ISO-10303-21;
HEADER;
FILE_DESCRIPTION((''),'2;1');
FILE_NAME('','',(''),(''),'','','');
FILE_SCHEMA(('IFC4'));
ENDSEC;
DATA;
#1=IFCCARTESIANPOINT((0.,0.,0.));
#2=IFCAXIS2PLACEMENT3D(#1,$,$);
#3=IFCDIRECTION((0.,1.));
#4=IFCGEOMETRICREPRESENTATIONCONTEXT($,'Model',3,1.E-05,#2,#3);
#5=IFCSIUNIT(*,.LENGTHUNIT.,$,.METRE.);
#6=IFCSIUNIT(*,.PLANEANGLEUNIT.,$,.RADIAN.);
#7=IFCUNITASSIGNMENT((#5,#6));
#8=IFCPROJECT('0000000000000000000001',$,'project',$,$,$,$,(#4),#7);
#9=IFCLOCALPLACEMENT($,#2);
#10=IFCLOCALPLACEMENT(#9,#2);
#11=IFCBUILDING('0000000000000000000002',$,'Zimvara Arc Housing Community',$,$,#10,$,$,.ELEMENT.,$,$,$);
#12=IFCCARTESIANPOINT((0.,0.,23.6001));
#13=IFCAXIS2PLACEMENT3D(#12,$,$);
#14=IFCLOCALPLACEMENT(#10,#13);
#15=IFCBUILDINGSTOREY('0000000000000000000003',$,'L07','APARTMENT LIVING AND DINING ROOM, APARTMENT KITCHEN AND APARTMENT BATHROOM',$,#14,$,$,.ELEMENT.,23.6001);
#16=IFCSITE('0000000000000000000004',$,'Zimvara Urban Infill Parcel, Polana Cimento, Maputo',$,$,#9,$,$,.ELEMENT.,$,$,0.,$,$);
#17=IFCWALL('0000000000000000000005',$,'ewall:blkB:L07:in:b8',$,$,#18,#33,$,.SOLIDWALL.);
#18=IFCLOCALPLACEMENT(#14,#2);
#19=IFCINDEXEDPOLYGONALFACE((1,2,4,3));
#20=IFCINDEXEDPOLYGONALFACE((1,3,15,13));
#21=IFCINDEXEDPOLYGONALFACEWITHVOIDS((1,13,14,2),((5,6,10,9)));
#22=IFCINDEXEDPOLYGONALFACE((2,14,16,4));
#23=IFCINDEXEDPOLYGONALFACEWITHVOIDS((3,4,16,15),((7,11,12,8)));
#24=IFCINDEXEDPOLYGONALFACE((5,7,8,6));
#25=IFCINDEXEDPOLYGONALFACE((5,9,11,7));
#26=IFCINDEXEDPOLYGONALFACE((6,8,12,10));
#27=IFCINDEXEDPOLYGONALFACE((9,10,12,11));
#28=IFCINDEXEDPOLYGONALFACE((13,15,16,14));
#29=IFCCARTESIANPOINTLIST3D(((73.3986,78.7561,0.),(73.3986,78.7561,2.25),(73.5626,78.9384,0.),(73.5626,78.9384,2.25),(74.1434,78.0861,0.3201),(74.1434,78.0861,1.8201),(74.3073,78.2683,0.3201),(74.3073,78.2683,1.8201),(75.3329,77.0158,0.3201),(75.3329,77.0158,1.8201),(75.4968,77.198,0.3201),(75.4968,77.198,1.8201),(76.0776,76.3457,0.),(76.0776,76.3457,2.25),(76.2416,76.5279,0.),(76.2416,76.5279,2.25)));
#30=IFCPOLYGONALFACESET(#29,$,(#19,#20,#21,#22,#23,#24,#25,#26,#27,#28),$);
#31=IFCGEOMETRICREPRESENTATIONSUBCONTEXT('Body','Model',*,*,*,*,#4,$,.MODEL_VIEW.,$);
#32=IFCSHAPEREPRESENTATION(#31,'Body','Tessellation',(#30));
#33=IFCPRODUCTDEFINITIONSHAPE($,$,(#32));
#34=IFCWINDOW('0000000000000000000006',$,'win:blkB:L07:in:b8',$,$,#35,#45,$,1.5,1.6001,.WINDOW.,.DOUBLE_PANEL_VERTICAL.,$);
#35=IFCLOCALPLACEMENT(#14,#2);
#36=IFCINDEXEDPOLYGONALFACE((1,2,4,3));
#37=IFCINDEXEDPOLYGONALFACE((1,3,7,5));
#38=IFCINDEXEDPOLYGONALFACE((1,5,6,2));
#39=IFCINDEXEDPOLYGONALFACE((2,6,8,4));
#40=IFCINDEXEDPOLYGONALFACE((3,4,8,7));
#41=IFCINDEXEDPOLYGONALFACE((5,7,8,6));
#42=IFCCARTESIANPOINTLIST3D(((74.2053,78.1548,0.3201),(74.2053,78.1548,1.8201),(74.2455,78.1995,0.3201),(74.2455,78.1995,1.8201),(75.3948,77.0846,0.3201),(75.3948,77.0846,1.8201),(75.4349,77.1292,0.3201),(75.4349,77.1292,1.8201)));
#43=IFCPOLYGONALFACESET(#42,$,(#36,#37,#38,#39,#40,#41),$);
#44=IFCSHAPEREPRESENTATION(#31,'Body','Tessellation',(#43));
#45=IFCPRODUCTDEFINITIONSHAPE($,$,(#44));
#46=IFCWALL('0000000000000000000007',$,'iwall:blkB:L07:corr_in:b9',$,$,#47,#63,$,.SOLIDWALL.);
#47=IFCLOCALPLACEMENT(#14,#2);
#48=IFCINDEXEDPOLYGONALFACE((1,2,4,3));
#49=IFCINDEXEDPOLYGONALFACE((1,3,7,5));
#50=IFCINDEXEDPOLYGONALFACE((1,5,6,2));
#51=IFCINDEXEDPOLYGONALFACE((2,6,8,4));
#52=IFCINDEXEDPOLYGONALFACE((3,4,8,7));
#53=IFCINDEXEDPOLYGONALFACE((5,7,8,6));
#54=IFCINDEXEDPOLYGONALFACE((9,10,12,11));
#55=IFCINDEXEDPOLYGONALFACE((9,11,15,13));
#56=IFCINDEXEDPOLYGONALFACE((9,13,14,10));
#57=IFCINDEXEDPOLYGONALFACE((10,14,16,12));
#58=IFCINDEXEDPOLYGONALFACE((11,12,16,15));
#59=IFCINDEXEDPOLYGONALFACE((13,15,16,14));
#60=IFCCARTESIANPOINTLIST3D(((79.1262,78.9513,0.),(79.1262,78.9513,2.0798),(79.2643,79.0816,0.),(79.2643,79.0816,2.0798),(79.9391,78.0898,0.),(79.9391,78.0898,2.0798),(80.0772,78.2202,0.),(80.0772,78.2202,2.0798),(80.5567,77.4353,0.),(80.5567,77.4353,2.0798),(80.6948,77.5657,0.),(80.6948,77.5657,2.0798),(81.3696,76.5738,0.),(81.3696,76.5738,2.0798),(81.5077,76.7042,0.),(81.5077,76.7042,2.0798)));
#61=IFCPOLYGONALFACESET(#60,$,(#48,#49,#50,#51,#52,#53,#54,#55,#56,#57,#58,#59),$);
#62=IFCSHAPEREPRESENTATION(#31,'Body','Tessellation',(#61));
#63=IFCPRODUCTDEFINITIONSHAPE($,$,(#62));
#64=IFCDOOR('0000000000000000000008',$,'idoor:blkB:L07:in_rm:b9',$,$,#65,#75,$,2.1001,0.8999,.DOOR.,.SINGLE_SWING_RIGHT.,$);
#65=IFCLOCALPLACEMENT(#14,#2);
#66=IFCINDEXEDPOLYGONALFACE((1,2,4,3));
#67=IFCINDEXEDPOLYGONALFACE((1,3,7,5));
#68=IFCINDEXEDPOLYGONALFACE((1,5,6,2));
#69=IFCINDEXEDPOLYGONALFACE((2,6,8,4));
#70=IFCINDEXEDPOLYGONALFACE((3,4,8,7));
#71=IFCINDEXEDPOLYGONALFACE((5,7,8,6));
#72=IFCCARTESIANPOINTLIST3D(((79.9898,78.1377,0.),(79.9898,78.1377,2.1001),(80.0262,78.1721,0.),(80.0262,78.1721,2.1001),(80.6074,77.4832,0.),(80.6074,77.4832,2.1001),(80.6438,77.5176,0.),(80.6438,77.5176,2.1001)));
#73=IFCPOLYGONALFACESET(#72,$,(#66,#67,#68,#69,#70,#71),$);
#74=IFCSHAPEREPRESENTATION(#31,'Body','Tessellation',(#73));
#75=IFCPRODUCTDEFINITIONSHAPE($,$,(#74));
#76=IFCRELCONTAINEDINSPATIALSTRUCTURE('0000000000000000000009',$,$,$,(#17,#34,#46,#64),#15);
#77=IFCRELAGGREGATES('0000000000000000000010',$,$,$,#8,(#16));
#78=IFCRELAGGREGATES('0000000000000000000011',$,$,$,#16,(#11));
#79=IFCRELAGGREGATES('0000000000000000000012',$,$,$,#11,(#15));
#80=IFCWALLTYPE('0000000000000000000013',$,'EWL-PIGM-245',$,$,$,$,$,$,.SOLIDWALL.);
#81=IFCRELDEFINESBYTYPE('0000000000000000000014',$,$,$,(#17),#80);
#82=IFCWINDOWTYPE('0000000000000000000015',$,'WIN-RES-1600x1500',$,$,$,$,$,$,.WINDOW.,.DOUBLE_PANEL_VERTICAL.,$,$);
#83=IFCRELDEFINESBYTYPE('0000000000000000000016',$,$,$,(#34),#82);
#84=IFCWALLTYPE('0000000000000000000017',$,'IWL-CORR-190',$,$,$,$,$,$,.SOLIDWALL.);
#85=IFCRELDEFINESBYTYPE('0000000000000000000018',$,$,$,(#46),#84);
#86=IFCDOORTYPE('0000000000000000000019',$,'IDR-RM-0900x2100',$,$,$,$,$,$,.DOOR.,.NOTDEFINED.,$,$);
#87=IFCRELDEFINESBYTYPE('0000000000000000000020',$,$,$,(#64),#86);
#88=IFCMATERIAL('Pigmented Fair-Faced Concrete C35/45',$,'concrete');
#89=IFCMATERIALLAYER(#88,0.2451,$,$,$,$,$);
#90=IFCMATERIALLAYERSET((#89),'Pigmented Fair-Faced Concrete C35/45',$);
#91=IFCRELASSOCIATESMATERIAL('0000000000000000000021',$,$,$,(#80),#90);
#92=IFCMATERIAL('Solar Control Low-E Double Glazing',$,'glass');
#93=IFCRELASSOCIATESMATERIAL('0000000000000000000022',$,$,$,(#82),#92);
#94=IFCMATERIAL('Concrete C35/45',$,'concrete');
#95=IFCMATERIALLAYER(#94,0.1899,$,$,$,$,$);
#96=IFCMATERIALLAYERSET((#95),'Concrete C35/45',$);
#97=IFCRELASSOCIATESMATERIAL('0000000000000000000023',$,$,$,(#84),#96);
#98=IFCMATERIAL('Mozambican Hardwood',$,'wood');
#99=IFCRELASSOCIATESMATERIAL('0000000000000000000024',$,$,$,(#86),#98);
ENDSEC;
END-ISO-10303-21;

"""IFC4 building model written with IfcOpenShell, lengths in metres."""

from ifc_helpers import new_model, si_unit, direction, frame, frame_2d, origin, place, context, subcontext, project, spatial, rectangle, extrude, material, layer, layer_set, type_object, element, fill, save


model = new_model("IFC4")

# Units and contexts
model_context = context("Model", 3, precision=1e-05, world=origin(), true_north=direction((0.0, 1.0)))
body_context = subcontext(model_context, "Body", "Model", "MODEL_VIEW")
ifc_project = project(units=[si_unit("LENGTHUNIT", "METRE"), si_unit("PLANEANGLEUNIT", "RADIAN")], contexts=[model_context])

# Site, building, storey
site_placement = place(None, origin())
site = spatial("IfcSite", under=ifc_project, at=site_placement, Name="Zimvara Urban Infill Parcel, Polana Cimento, Maputo", CompositionType="ELEMENT", RefElevation=0.0)
building_placement = place(site_placement, origin())
building = spatial("IfcBuilding", under=site, at=building_placement, Name="Zimvara Arc Housing Community", CompositionType="ELEMENT")
storey_placement = place(building_placement, frame((0.0, 0.0, 23.6001)))
storey = spatial("IfcBuildingStorey", under=building, at=storey_placement, Name="L07", Description="APARTMENT LIVING AND DINING ROOM, APARTMENT KITCHEN AND APARTMENT BATHROOM", CompositionType="ELEMENT", Elevation=23.6001)

# Wall, opening, window
ifc_material_1 = material(Name="Pigmented Fair-Faced Concrete C35/45", Category="concrete")
ifc_layer_1 = layer(ifc_material_1, 0.2451)
ifc_layer_set_1 = layer_set([ifc_layer_1], Name="Pigmented Fair-Faced Concrete C35/45")
wall_type_1 = type_object("IfcWallType", Name="EWL-PIGM-245", PredefinedType="SOLIDWALL", material=ifc_layer_set_1)
wall_1_placement = place(storey_placement, frame((73.4807, 78.8472, 0.0), z_axis=(0.0, 0.0, 1.0), x_axis=(0.743385, -0.668864, 0.0)))
wall_1 = element("IfcWall", 1, at=wall_1_placement, inside=storey, type_object=wall_type_1, Name="ewall:blkB:L07:in:b8", PredefinedType="SOLIDWALL", context=body_context, shape_type="SweptSolid", body=[
    extrude(rectangle(XDim=3.6038, YDim=0.2451, at=frame_2d((1.8018, 0.0))), origin(), (0.0, 0.0, 1.0), 2.25),
])
opening_1_placement = place(wall_1_placement, frame((1.0017, 0.0, 0.3201)))
opening_1 = element("IfcOpeningElement", 2, at=opening_1_placement, cuts=wall_1, PredefinedType="OPENING", context=body_context, shape_type="SweptSolid", body=[
    extrude(rectangle(XDim=1.6001, YDim=1.5, at=frame_2d((0.8, 0.75))), frame((0.0, 0.1326, 0.0), z_axis=(0.0, -1.0, 0.0), x_axis=(1.0, 0.0, 0.0)), (0.0, 0.0, 1.0), 0.2651),
])
ifc_material_2 = material(Name="Solar Control Low-E Double Glazing", Category="glass")
window_type = type_object("IfcWindowType", Name="WIN-RES-1600x1500", PartitioningType="DOUBLE_PANEL_VERTICAL", PredefinedType="WINDOW", material=ifc_material_2)
window_placement = place(opening_1_placement, origin())
window = element("IfcWindow", 3, at=window_placement, inside=storey, type_object=window_type, Name="win:blkB:L07:in:b8", OverallHeight=1.5, OverallWidth=1.6001, PartitioningType="DOUBLE_PANEL_VERTICAL", PredefinedType="WINDOW", context=body_context, shape_type="SweptSolid", body=[
    extrude(rectangle(XDim=1.6001, YDim=1.5, at=frame_2d((0.8, 0.75))), frame((0.0, 0.03, 0.0), z_axis=(0.0, -1.0, 0.0), x_axis=(1.0, 0.0, 0.0)), (0.0, 0.0, 1.0), 0.0601),
])
fill(opening_1, window)

# Wall, opening, door
ifc_material_3 = material(Name="Concrete C35/45", Category="concrete")
ifc_layer_2 = layer(ifc_material_3, 0.1899)
ifc_layer_set_2 = layer_set([ifc_layer_2], Name="Concrete C35/45")
wall_type_2 = type_object("IfcWallType", Name="IWL-CORR-190", PredefinedType="SOLIDWALL", material=ifc_layer_set_2)
wall_2_placement = place(storey_placement, frame((79.1953, 79.0164, 0.0), z_axis=(0.0, 0.0, 1.0), x_axis=(0.686308, -0.727311, 0.0)))
wall_2 = element("IfcWall", 4, at=wall_2_placement, inside=storey, type_object=wall_type_2, Name="iwall:blkB:L07:corr_in:b9", PredefinedType="SOLIDWALL", context=body_context, shape_type="SweptSolid", body=[
    extrude(rectangle(XDim=3.2688, YDim=0.1899, at=frame_2d((1.6343, 0.0))), origin(), (0.0, 0.0, 1.0), 2.0798),
])
opening_2_placement = place(wall_2_placement, frame((1.1843, 0.0, 0.0)))
opening_2 = element("IfcOpeningElement", 5, at=opening_2_placement, cuts=wall_2, PredefinedType="OPENING", context=body_context, shape_type="SweptSolid", body=[
    extrude(rectangle(XDim=0.8999, YDim=2.1001, at=frame_2d((0.45, 1.05))), frame((0.0, 0.105, 0.0), z_axis=(0.0, -1.0, 0.0), x_axis=(1.0, 0.0, 0.0)), (0.0, 0.0, 1.0), 0.21),
])
ifc_material_4 = material(Name="Mozambican Hardwood", Category="wood")
door_type = type_object("IfcDoorType", Name="IDR-RM-0900x2100", OperationType="NOTDEFINED", PredefinedType="DOOR", material=ifc_material_4)
door_placement = place(opening_2_placement, origin())
door = element("IfcDoor", 6, at=door_placement, inside=storey, type_object=door_type, Name="idoor:blkB:L07:in_rm:b9", OperationType="SINGLE_SWING_RIGHT", OverallHeight=2.1001, OverallWidth=0.8999, PredefinedType="DOOR", context=body_context, shape_type="SweptSolid", body=[
    extrude(rectangle(XDim=0.8999, YDim=2.1001, at=frame_2d((0.45, 1.05))), frame((0.0, 0.0249, 0.0), z_axis=(0.0, -1.0, 0.0), x_axis=(1.0, 0.0, 0.0)), (0.0, 0.0, 1.0), 0.05),
])
fill(opening_2, door)

save(model, "model.ifc")
